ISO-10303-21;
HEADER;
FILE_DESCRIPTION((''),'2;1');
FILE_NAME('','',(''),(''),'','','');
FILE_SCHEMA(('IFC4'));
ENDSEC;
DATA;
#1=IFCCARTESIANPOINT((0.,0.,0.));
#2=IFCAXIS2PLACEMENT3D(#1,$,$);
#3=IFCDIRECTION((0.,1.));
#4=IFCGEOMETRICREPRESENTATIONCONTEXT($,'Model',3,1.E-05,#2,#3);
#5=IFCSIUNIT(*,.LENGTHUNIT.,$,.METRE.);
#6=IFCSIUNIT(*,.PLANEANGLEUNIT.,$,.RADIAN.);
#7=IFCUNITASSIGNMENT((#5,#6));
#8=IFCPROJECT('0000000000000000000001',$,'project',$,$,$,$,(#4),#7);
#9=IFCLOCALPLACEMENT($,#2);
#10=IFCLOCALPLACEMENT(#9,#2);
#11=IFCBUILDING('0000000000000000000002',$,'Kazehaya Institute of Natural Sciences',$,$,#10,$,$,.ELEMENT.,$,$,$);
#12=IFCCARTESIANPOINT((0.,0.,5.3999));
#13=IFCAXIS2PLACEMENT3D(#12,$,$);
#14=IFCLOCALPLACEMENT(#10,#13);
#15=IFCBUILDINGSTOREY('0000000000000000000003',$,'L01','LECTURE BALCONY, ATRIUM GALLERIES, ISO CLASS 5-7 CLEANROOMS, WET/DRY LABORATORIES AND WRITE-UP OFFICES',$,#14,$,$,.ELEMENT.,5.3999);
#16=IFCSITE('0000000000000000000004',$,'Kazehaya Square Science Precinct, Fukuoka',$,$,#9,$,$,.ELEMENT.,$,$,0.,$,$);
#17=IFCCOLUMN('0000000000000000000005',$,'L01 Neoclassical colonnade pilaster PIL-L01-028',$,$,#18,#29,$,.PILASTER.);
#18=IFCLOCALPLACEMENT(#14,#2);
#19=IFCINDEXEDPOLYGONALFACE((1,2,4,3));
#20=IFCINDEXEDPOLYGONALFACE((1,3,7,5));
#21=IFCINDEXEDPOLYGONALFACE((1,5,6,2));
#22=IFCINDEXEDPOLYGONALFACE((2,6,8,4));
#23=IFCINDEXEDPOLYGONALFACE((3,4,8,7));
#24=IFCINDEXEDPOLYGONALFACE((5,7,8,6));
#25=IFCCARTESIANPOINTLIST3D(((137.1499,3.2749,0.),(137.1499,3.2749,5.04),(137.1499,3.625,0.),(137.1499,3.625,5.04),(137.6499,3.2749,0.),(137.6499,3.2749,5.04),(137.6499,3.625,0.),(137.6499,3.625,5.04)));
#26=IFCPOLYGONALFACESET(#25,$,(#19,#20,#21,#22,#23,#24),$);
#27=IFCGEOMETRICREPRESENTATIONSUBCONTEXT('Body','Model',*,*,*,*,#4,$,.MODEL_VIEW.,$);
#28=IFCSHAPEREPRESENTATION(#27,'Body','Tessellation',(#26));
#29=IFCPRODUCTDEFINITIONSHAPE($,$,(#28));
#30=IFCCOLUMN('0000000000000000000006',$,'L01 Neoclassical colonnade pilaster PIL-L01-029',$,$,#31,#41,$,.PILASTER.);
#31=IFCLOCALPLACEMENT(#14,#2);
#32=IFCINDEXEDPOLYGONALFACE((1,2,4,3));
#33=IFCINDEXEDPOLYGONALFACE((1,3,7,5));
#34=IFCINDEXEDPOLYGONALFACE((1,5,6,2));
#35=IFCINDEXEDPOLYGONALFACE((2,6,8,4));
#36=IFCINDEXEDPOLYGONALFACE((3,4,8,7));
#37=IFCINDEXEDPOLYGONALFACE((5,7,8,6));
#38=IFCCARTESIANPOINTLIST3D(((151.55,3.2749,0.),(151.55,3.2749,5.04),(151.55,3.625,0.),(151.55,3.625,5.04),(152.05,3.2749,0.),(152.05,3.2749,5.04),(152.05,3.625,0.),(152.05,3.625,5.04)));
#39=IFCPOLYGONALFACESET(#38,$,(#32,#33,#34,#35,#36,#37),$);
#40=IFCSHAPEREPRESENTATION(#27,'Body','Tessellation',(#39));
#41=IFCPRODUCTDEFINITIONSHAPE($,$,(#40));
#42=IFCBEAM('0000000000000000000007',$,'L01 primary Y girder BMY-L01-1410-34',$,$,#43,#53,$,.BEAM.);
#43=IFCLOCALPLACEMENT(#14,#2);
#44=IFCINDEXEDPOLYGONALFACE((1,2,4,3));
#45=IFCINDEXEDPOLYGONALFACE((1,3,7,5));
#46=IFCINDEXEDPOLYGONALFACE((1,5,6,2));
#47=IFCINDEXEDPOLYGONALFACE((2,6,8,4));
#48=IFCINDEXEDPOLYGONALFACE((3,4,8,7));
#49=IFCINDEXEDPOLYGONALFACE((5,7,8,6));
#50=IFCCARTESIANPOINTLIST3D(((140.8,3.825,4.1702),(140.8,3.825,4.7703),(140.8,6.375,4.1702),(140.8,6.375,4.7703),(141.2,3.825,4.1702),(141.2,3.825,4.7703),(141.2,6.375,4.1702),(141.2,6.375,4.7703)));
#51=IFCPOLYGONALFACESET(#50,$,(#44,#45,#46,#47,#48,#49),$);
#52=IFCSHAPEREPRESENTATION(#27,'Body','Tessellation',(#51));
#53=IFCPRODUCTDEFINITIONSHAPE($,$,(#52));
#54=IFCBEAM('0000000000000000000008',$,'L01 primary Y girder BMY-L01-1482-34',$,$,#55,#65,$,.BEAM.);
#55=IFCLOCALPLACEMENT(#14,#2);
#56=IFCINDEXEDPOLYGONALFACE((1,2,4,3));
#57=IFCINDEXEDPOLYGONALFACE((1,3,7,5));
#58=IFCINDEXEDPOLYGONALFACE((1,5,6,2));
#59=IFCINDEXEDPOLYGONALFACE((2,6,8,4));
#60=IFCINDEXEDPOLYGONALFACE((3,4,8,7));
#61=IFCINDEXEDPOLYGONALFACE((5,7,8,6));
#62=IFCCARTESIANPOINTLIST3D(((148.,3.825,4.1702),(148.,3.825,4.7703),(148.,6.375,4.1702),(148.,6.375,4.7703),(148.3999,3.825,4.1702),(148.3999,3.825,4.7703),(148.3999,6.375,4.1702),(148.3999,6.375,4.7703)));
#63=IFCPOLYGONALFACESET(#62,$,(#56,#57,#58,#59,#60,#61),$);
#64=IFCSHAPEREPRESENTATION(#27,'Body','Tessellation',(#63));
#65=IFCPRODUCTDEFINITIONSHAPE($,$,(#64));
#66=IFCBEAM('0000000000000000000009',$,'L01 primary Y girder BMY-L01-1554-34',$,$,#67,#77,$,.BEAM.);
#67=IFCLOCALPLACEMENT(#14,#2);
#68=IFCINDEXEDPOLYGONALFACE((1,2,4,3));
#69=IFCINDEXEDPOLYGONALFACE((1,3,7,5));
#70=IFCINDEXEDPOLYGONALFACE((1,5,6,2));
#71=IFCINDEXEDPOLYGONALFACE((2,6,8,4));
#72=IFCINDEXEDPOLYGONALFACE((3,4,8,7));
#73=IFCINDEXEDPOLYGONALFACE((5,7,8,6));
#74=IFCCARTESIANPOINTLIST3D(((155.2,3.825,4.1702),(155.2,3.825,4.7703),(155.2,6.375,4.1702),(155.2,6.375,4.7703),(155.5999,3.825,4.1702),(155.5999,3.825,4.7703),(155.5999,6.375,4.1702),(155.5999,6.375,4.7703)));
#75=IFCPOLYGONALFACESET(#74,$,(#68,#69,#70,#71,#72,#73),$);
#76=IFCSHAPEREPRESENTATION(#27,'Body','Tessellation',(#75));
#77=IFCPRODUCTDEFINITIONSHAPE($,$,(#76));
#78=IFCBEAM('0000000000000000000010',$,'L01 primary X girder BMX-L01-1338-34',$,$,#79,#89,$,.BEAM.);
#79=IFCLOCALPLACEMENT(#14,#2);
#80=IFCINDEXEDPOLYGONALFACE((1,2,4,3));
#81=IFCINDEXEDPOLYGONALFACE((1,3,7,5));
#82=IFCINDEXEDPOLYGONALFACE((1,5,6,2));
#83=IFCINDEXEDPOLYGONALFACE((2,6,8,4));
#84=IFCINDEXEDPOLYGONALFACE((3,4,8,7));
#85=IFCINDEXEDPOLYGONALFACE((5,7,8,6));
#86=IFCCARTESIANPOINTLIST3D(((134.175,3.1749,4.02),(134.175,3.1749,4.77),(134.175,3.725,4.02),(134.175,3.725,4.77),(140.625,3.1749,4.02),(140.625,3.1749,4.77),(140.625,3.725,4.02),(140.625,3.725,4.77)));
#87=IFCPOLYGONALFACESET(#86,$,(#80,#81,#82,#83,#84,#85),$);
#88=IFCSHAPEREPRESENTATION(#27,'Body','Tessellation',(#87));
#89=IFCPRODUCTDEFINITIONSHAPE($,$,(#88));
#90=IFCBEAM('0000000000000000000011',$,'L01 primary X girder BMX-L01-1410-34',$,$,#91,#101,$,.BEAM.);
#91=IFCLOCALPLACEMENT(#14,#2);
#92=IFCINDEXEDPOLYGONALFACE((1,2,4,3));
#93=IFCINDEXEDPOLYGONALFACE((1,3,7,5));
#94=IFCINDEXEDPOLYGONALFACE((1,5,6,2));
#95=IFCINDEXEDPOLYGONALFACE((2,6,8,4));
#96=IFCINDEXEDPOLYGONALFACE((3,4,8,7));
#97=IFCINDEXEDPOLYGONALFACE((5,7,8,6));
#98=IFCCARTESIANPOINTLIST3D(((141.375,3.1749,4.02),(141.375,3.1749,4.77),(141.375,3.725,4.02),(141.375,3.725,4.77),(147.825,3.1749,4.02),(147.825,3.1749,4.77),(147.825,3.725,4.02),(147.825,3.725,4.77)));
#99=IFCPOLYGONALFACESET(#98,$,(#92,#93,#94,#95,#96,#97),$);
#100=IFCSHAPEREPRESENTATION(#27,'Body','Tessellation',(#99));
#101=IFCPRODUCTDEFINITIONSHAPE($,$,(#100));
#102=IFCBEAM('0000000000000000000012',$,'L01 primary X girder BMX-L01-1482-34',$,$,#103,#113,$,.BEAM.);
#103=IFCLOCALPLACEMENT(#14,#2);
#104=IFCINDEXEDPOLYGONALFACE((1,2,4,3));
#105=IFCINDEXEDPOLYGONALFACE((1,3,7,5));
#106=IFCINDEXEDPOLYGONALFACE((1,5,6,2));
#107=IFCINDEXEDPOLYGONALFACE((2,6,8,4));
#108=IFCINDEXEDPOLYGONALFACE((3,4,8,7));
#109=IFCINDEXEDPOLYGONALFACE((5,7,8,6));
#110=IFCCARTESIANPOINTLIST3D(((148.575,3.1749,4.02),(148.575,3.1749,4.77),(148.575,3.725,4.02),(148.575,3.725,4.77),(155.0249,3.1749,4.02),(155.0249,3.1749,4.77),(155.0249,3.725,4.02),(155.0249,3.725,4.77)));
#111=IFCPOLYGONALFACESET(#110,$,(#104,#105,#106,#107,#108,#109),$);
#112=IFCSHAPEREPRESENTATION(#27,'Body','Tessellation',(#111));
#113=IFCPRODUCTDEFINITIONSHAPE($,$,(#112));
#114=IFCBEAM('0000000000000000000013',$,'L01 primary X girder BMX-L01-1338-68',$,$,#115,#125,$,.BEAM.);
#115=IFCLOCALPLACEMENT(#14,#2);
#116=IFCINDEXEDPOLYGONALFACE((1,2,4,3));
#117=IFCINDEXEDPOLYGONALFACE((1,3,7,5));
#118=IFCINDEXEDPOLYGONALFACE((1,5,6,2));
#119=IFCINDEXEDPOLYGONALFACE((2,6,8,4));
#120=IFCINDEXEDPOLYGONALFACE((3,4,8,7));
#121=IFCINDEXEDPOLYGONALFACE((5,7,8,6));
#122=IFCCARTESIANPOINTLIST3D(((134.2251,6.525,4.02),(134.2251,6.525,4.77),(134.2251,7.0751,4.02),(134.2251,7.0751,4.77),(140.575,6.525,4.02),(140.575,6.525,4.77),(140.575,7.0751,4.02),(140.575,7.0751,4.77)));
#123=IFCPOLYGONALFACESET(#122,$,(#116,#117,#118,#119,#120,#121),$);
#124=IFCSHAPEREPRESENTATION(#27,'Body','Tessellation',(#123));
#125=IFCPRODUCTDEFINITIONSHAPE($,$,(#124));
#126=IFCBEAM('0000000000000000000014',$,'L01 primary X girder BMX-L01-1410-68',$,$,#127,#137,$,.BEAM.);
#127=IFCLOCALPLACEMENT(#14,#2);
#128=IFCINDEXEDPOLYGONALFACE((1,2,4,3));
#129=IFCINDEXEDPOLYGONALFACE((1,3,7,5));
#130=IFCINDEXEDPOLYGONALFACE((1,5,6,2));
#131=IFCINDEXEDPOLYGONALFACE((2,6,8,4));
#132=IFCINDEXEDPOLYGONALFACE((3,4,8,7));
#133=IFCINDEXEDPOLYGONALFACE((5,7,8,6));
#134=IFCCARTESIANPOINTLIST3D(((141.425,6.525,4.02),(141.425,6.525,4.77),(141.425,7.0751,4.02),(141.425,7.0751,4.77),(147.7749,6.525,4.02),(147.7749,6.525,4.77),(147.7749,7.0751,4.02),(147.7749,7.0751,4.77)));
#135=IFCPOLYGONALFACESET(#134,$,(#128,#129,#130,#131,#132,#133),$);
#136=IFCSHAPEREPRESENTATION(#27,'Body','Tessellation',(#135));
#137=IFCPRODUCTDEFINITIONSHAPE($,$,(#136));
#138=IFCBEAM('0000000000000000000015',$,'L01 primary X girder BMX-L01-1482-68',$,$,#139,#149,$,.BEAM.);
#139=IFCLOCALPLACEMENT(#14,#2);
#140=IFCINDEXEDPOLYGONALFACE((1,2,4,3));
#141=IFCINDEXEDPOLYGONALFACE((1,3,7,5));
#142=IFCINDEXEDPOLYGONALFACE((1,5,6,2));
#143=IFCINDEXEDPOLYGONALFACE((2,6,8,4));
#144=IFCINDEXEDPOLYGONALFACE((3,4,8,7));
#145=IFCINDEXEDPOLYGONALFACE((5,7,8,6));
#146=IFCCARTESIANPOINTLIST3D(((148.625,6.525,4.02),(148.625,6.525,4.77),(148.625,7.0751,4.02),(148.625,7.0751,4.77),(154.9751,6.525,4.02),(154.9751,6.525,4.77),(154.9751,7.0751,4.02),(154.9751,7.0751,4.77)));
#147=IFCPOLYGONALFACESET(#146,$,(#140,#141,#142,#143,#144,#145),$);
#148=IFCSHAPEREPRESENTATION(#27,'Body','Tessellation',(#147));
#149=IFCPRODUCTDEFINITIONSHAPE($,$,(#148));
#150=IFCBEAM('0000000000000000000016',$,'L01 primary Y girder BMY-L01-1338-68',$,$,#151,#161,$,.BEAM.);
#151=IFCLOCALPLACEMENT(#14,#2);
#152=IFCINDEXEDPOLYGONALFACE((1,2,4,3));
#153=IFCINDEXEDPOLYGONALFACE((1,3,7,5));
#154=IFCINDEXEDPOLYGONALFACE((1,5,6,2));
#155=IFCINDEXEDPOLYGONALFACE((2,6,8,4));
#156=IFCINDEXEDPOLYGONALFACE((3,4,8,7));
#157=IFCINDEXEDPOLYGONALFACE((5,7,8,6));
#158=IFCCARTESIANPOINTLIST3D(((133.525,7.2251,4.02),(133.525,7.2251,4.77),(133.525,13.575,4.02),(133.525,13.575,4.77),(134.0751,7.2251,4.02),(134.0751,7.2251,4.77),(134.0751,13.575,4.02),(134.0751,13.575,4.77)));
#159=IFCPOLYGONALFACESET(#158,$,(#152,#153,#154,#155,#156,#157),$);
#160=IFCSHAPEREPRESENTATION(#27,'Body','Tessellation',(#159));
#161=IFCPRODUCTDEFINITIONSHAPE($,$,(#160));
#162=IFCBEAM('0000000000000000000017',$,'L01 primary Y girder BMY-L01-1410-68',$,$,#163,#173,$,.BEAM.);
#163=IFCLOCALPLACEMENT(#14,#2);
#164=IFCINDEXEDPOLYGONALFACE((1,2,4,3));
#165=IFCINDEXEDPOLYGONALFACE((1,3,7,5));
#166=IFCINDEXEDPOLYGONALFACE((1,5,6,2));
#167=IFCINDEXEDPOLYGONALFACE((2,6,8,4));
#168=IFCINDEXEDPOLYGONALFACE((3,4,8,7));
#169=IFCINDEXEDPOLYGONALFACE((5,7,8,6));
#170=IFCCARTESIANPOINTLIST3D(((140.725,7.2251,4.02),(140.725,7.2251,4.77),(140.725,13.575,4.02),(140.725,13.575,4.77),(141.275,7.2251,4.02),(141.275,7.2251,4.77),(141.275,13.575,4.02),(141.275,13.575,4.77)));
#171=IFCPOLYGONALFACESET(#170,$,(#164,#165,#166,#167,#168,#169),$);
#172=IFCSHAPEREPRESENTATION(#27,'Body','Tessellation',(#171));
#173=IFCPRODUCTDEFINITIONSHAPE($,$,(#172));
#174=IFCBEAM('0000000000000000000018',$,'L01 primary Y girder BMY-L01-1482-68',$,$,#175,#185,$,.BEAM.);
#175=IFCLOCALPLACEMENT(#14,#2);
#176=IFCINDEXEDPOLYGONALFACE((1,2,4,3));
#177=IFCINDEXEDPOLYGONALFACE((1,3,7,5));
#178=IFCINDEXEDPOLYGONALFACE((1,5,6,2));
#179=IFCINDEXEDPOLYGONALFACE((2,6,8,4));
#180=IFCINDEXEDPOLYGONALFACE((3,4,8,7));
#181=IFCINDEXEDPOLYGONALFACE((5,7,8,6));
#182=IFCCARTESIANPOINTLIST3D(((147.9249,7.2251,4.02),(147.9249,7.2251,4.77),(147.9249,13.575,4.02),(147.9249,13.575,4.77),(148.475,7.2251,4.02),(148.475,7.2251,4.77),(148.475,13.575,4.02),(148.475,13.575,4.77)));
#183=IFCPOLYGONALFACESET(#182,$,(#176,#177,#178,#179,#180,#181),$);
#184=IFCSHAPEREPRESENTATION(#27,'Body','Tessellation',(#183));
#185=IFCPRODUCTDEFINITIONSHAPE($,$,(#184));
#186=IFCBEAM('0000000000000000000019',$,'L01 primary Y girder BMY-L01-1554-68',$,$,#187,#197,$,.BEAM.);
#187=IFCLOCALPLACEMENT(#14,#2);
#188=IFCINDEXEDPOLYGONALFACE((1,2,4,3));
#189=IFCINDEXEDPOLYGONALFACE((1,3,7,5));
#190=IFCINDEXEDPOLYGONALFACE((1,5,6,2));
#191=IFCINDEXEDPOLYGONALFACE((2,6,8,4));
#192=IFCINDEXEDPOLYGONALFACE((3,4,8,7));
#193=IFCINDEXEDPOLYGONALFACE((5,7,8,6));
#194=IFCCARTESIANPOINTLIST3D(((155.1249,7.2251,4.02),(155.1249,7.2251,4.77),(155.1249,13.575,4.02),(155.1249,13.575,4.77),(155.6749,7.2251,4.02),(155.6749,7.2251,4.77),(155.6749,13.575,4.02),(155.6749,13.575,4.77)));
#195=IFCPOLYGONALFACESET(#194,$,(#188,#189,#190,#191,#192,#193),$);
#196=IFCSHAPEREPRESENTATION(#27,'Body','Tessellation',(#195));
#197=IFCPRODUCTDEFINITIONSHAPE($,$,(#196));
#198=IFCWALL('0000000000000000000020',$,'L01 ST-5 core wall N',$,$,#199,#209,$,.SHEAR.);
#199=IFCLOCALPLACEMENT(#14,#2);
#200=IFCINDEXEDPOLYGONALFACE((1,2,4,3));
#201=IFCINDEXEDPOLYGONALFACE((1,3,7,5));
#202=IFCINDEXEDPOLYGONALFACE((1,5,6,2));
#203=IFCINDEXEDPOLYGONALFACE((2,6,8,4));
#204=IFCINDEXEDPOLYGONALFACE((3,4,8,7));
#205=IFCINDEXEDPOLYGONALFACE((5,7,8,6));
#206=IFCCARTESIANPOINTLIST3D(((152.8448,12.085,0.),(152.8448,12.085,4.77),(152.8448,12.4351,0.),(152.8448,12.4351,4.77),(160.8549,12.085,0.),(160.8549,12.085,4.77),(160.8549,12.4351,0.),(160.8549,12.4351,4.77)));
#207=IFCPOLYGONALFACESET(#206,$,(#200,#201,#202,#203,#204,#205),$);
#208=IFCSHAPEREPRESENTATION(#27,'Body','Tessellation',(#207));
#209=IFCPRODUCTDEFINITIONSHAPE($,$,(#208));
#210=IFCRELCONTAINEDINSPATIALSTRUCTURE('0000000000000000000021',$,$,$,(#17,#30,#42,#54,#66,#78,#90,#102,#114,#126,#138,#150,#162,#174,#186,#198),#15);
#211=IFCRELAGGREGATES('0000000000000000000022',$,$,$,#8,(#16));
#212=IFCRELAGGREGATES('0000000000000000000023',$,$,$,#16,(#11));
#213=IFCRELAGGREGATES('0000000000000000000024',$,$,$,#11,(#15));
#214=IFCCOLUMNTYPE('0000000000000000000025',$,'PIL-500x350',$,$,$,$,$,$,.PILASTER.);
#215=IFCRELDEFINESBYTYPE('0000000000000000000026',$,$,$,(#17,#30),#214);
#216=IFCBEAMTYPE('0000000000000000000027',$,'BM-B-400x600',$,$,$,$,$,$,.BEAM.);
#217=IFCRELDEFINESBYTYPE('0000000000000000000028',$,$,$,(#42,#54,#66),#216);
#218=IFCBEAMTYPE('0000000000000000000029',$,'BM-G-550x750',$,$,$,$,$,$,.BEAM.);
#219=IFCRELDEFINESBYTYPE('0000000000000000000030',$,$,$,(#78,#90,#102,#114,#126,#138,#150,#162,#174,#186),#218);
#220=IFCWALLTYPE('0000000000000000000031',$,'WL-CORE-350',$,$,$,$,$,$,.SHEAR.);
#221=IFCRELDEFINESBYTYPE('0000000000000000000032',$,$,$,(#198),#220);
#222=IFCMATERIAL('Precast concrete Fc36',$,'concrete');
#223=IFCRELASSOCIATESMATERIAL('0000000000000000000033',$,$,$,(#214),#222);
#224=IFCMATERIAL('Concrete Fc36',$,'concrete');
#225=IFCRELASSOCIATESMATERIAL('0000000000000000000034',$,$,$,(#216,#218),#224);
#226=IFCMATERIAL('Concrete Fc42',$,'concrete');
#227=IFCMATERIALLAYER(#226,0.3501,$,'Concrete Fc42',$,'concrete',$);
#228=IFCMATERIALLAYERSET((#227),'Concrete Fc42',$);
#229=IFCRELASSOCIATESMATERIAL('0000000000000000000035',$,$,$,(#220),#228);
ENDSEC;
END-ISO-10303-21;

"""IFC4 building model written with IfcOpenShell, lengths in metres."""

from ifc_helpers import new_model, si_unit, direction, frame, frame_2d, origin, origin_2d, place, context, subcontext, project, spatial, rectangle, extrude, material, layer, layer_set, material_profile, profile_set, type_object, element, save


model = new_model("IFC4")

# Units and contexts
model_context = context("Model", 3, precision=1e-05, world=origin(), true_north=direction((0.0, 1.0)))
body_context = subcontext(model_context, "Body", "Model", "MODEL_VIEW")
ifc_project = project(units=[si_unit("LENGTHUNIT", "METRE"), si_unit("PLANEANGLEUNIT", "RADIAN")], contexts=[model_context])

# Site, building, storey
site_placement = place(None, origin())
site = spatial("IfcSite", under=ifc_project, at=site_placement, Name="Kazehaya Square Science Precinct, Fukuoka", CompositionType="ELEMENT", RefElevation=0.0)
building_placement = place(site_placement, origin())
building = spatial("IfcBuilding", under=site, at=building_placement, Name="Kazehaya Institute of Natural Sciences", CompositionType="ELEMENT")
storey_placement = place(building_placement, frame((0.0, 0.0, 5.3999)))
storey = spatial("IfcBuildingStorey", under=building, at=storey_placement, Name="L01", Description="LECTURE BALCONY, ATRIUM GALLERIES, ISO CLASS 5-7 CLEANROOMS, WET/DRY LABORATORIES AND WRITE-UP OFFICES", CompositionType="ELEMENT", Elevation=5.3999)

# Columns
ifc_material_1 = material(Name="Concrete Fc36", Category="concrete")
ifc_material_2 = material(Name="Concrete Fc42", Category="concrete")
ifc_material_3 = material(Name="Precast concrete Fc36", Category="concrete")
ifc_material_profile_1 = material_profile(ifc_material_3, rectangle(XDim=0.5, YDim=0.3501, at=origin_2d()), Name="RC-PIL-500x350")
ifc_profile_set_1 = profile_set([ifc_material_profile_1], Name="Precast concrete Fc36")
column_type_1 = type_object("IfcColumnType", Name="PIL-500x350", PredefinedType="PILASTER", material=ifc_profile_set_1)
for number, where, z_axis, x_axis, name in (
    (1, (137.3999, 3.45, 0.0), (0.0, 0.0, 1.0), (1.0, 0.0, 0.0), "L01 Neoclassical colonnade pilaster PIL-L01-028"),
    (2, (151.8, 3.45, 0.0), (0.0, 0.0, 1.0), (1.0, 0.0, 0.0), "L01 Neoclassical colonnade pilaster PIL-L01-029"),
):
    element("IfcColumn", number, at=place(storey_placement, frame(where, z_axis=z_axis, x_axis=x_axis)), inside=storey, type_object=column_type_1, Name=name, PredefinedType="PILASTER", context=body_context, shape_type="SweptSolid", body=[
        extrude(rectangle(XDim=0.5, YDim=0.3501, at=origin_2d()), origin(), (0.0, 0.0, 1.0), 5.04),
    ])

# Beams
ifc_material_profile_2 = material_profile(ifc_material_1, rectangle(XDim=0.3999, YDim=0.6001, at=origin_2d()), Name="RC-400x600")
ifc_profile_set_2 = profile_set([ifc_material_profile_2], Name="Concrete Fc36")
beam_type_1 = type_object("IfcBeamType", Name="BM-B-400x600", PredefinedType="BEAM", material=ifc_profile_set_2)
for number, where, z_axis, x_axis, name in (
    (3, (141.0, 3.825, 4.4702), (0.0, 1.0, 0.0), (-1.0, 0.0, 0.0), "L01 primary Y girder BMY-L01-1410-34"),
    (4, (148.2, 3.825, 4.4702), (0.0, 1.0, 0.0), (-1.0, 0.0, 0.0), "L01 primary Y girder BMY-L01-1482-34"),
    (5, (155.3999, 3.825, 4.4702), (0.0, 1.0, 0.0), (-1.0, 0.0, 0.0), "L01 primary Y girder BMY-L01-1554-34"),
):
    element("IfcBeam", number, at=place(storey_placement, frame(where, z_axis=z_axis, x_axis=x_axis)), inside=storey, type_object=beam_type_1, Name=name, PredefinedType="BEAM", context=body_context, shape_type="SweptSolid", body=[
        extrude(rectangle(XDim=0.3999, YDim=0.6001, at=origin_2d()), origin(), (0.0, 0.0, 1.0), 2.55),
    ])
ifc_material_profile_3 = material_profile(ifc_material_1, rectangle(XDim=0.55, YDim=0.75, at=origin_2d()), Name="RC-550x750")
ifc_profile_set_3 = profile_set([ifc_material_profile_3], Name="Concrete Fc36")
beam_type_2 = type_object("IfcBeamType", Name="BM-G-550x750", PredefinedType="BEAM", material=ifc_profile_set_3)
for number, where, z_axis, x_axis, name in (
    (6, (134.175, 3.45, 4.395), (1.0, 0.0, 0.0), (0.0, 1.0, 0.0), "L01 primary X girder BMX-L01-1338-34"),
    (7, (141.375, 3.45, 4.395), (1.0, 0.0, 0.0), (0.0, 1.0, 0.0), "L01 primary X girder BMX-L01-1410-34"),
    (8, (148.575, 3.45, 4.395), (1.0, 0.0, 0.0), (0.0, 1.0, 0.0), "L01 primary X girder BMX-L01-1482-34"),
):
    element("IfcBeam", number, at=place(storey_placement, frame(where, z_axis=z_axis, x_axis=x_axis)), inside=storey, type_object=beam_type_2, Name=name, PredefinedType="BEAM", context=body_context, shape_type="SweptSolid", body=[
        extrude(rectangle(XDim=0.55, YDim=0.75, at=origin_2d()), origin(), (0.0, 0.0, 1.0), 6.45),
    ])
for number, where, z_axis, x_axis, name in (
    (9, (134.2251, 6.8, 4.395), (1.0, 0.0, 0.0), (0.0, 1.0, 0.0), "L01 primary X girder BMX-L01-1338-68"),
    (10, (141.425, 6.8, 4.395), (1.0, 0.0, 0.0), (0.0, 1.0, 0.0), "L01 primary X girder BMX-L01-1410-68"),
):
    element("IfcBeam", number, at=place(storey_placement, frame(where, z_axis=z_axis, x_axis=x_axis)), inside=storey, type_object=beam_type_2, Name=name, PredefinedType="BEAM", context=body_context, shape_type="SweptSolid", body=[
        extrude(rectangle(XDim=0.55, YDim=0.75, at=origin_2d()), origin(), (0.0, 0.0, 1.0), 6.3499),
    ])
beam_placement = place(storey_placement, frame((148.625, 6.8, 4.395), z_axis=(1.0, 0.0, 0.0), x_axis=(0.0, 1.0, 0.0)))
element("IfcBeam", 11, at=beam_placement, inside=storey, type_object=beam_type_2, Name="L01 primary X girder BMX-L01-1482-68", PredefinedType="BEAM", context=body_context, shape_type="SweptSolid", body=[
    extrude(rectangle(XDim=0.55, YDim=0.75, at=origin_2d()), origin(), (0.0, 0.0, 1.0), 6.3501),
])
for number, where, z_axis, x_axis, name in (
    (12, (133.8, 7.2251, 4.395), (0.0, 1.0, 0.0), (-1.0, 0.0, 0.0), "L01 primary Y girder BMY-L01-1338-68"),
    (13, (141.0, 7.2251, 4.395), (0.0, 1.0, 0.0), (-1.0, 0.0, 0.0), "L01 primary Y girder BMY-L01-1410-68"),
    (14, (148.2, 7.2251, 4.395), (0.0, 1.0, 0.0), (-1.0, 0.0, 0.0), "L01 primary Y girder BMY-L01-1482-68"),
    (15, (155.3999, 7.2251, 4.395), (0.0, 1.0, 0.0), (-1.0, 0.0, 0.0), "L01 primary Y girder BMY-L01-1554-68"),
):
    element("IfcBeam", number, at=place(storey_placement, frame(where, z_axis=z_axis, x_axis=x_axis)), inside=storey, type_object=beam_type_2, Name=name, PredefinedType="BEAM", context=body_context, shape_type="SweptSolid", body=[
        extrude(rectangle(XDim=0.55, YDim=0.75, at=origin_2d()), origin(), (0.0, 0.0, 1.0), 6.3499),
    ])

# Wall
ifc_layer_1 = layer(ifc_material_2, 0.3501, Name="Concrete Fc42", Category="concrete")
ifc_layer_set_1 = layer_set([ifc_layer_1], Name="Concrete Fc42")
wall_type_1 = type_object("IfcWallType", Name="WL-CORE-350", PredefinedType="SHEAR", material=ifc_layer_set_1)
wall_1_placement = place(storey_placement, frame((152.845, 12.26, 0.0), z_axis=(0.0, 0.0, 1.0), x_axis=(1.0, 0.0, 0.0)))
element("IfcWall", 16, at=wall_1_placement, inside=storey, type_object=wall_type_1, Name="L01 ST-5 core wall N", PredefinedType="SHEAR", context=body_context, shape_type="SweptSolid", body=[
    extrude(rectangle(XDim=8.01, YDim=0.3501, at=frame_2d((4.0049, 0.0))), origin(), (0.0, 0.0, 1.0), 4.77),
])

save(model, "model.ifc")
